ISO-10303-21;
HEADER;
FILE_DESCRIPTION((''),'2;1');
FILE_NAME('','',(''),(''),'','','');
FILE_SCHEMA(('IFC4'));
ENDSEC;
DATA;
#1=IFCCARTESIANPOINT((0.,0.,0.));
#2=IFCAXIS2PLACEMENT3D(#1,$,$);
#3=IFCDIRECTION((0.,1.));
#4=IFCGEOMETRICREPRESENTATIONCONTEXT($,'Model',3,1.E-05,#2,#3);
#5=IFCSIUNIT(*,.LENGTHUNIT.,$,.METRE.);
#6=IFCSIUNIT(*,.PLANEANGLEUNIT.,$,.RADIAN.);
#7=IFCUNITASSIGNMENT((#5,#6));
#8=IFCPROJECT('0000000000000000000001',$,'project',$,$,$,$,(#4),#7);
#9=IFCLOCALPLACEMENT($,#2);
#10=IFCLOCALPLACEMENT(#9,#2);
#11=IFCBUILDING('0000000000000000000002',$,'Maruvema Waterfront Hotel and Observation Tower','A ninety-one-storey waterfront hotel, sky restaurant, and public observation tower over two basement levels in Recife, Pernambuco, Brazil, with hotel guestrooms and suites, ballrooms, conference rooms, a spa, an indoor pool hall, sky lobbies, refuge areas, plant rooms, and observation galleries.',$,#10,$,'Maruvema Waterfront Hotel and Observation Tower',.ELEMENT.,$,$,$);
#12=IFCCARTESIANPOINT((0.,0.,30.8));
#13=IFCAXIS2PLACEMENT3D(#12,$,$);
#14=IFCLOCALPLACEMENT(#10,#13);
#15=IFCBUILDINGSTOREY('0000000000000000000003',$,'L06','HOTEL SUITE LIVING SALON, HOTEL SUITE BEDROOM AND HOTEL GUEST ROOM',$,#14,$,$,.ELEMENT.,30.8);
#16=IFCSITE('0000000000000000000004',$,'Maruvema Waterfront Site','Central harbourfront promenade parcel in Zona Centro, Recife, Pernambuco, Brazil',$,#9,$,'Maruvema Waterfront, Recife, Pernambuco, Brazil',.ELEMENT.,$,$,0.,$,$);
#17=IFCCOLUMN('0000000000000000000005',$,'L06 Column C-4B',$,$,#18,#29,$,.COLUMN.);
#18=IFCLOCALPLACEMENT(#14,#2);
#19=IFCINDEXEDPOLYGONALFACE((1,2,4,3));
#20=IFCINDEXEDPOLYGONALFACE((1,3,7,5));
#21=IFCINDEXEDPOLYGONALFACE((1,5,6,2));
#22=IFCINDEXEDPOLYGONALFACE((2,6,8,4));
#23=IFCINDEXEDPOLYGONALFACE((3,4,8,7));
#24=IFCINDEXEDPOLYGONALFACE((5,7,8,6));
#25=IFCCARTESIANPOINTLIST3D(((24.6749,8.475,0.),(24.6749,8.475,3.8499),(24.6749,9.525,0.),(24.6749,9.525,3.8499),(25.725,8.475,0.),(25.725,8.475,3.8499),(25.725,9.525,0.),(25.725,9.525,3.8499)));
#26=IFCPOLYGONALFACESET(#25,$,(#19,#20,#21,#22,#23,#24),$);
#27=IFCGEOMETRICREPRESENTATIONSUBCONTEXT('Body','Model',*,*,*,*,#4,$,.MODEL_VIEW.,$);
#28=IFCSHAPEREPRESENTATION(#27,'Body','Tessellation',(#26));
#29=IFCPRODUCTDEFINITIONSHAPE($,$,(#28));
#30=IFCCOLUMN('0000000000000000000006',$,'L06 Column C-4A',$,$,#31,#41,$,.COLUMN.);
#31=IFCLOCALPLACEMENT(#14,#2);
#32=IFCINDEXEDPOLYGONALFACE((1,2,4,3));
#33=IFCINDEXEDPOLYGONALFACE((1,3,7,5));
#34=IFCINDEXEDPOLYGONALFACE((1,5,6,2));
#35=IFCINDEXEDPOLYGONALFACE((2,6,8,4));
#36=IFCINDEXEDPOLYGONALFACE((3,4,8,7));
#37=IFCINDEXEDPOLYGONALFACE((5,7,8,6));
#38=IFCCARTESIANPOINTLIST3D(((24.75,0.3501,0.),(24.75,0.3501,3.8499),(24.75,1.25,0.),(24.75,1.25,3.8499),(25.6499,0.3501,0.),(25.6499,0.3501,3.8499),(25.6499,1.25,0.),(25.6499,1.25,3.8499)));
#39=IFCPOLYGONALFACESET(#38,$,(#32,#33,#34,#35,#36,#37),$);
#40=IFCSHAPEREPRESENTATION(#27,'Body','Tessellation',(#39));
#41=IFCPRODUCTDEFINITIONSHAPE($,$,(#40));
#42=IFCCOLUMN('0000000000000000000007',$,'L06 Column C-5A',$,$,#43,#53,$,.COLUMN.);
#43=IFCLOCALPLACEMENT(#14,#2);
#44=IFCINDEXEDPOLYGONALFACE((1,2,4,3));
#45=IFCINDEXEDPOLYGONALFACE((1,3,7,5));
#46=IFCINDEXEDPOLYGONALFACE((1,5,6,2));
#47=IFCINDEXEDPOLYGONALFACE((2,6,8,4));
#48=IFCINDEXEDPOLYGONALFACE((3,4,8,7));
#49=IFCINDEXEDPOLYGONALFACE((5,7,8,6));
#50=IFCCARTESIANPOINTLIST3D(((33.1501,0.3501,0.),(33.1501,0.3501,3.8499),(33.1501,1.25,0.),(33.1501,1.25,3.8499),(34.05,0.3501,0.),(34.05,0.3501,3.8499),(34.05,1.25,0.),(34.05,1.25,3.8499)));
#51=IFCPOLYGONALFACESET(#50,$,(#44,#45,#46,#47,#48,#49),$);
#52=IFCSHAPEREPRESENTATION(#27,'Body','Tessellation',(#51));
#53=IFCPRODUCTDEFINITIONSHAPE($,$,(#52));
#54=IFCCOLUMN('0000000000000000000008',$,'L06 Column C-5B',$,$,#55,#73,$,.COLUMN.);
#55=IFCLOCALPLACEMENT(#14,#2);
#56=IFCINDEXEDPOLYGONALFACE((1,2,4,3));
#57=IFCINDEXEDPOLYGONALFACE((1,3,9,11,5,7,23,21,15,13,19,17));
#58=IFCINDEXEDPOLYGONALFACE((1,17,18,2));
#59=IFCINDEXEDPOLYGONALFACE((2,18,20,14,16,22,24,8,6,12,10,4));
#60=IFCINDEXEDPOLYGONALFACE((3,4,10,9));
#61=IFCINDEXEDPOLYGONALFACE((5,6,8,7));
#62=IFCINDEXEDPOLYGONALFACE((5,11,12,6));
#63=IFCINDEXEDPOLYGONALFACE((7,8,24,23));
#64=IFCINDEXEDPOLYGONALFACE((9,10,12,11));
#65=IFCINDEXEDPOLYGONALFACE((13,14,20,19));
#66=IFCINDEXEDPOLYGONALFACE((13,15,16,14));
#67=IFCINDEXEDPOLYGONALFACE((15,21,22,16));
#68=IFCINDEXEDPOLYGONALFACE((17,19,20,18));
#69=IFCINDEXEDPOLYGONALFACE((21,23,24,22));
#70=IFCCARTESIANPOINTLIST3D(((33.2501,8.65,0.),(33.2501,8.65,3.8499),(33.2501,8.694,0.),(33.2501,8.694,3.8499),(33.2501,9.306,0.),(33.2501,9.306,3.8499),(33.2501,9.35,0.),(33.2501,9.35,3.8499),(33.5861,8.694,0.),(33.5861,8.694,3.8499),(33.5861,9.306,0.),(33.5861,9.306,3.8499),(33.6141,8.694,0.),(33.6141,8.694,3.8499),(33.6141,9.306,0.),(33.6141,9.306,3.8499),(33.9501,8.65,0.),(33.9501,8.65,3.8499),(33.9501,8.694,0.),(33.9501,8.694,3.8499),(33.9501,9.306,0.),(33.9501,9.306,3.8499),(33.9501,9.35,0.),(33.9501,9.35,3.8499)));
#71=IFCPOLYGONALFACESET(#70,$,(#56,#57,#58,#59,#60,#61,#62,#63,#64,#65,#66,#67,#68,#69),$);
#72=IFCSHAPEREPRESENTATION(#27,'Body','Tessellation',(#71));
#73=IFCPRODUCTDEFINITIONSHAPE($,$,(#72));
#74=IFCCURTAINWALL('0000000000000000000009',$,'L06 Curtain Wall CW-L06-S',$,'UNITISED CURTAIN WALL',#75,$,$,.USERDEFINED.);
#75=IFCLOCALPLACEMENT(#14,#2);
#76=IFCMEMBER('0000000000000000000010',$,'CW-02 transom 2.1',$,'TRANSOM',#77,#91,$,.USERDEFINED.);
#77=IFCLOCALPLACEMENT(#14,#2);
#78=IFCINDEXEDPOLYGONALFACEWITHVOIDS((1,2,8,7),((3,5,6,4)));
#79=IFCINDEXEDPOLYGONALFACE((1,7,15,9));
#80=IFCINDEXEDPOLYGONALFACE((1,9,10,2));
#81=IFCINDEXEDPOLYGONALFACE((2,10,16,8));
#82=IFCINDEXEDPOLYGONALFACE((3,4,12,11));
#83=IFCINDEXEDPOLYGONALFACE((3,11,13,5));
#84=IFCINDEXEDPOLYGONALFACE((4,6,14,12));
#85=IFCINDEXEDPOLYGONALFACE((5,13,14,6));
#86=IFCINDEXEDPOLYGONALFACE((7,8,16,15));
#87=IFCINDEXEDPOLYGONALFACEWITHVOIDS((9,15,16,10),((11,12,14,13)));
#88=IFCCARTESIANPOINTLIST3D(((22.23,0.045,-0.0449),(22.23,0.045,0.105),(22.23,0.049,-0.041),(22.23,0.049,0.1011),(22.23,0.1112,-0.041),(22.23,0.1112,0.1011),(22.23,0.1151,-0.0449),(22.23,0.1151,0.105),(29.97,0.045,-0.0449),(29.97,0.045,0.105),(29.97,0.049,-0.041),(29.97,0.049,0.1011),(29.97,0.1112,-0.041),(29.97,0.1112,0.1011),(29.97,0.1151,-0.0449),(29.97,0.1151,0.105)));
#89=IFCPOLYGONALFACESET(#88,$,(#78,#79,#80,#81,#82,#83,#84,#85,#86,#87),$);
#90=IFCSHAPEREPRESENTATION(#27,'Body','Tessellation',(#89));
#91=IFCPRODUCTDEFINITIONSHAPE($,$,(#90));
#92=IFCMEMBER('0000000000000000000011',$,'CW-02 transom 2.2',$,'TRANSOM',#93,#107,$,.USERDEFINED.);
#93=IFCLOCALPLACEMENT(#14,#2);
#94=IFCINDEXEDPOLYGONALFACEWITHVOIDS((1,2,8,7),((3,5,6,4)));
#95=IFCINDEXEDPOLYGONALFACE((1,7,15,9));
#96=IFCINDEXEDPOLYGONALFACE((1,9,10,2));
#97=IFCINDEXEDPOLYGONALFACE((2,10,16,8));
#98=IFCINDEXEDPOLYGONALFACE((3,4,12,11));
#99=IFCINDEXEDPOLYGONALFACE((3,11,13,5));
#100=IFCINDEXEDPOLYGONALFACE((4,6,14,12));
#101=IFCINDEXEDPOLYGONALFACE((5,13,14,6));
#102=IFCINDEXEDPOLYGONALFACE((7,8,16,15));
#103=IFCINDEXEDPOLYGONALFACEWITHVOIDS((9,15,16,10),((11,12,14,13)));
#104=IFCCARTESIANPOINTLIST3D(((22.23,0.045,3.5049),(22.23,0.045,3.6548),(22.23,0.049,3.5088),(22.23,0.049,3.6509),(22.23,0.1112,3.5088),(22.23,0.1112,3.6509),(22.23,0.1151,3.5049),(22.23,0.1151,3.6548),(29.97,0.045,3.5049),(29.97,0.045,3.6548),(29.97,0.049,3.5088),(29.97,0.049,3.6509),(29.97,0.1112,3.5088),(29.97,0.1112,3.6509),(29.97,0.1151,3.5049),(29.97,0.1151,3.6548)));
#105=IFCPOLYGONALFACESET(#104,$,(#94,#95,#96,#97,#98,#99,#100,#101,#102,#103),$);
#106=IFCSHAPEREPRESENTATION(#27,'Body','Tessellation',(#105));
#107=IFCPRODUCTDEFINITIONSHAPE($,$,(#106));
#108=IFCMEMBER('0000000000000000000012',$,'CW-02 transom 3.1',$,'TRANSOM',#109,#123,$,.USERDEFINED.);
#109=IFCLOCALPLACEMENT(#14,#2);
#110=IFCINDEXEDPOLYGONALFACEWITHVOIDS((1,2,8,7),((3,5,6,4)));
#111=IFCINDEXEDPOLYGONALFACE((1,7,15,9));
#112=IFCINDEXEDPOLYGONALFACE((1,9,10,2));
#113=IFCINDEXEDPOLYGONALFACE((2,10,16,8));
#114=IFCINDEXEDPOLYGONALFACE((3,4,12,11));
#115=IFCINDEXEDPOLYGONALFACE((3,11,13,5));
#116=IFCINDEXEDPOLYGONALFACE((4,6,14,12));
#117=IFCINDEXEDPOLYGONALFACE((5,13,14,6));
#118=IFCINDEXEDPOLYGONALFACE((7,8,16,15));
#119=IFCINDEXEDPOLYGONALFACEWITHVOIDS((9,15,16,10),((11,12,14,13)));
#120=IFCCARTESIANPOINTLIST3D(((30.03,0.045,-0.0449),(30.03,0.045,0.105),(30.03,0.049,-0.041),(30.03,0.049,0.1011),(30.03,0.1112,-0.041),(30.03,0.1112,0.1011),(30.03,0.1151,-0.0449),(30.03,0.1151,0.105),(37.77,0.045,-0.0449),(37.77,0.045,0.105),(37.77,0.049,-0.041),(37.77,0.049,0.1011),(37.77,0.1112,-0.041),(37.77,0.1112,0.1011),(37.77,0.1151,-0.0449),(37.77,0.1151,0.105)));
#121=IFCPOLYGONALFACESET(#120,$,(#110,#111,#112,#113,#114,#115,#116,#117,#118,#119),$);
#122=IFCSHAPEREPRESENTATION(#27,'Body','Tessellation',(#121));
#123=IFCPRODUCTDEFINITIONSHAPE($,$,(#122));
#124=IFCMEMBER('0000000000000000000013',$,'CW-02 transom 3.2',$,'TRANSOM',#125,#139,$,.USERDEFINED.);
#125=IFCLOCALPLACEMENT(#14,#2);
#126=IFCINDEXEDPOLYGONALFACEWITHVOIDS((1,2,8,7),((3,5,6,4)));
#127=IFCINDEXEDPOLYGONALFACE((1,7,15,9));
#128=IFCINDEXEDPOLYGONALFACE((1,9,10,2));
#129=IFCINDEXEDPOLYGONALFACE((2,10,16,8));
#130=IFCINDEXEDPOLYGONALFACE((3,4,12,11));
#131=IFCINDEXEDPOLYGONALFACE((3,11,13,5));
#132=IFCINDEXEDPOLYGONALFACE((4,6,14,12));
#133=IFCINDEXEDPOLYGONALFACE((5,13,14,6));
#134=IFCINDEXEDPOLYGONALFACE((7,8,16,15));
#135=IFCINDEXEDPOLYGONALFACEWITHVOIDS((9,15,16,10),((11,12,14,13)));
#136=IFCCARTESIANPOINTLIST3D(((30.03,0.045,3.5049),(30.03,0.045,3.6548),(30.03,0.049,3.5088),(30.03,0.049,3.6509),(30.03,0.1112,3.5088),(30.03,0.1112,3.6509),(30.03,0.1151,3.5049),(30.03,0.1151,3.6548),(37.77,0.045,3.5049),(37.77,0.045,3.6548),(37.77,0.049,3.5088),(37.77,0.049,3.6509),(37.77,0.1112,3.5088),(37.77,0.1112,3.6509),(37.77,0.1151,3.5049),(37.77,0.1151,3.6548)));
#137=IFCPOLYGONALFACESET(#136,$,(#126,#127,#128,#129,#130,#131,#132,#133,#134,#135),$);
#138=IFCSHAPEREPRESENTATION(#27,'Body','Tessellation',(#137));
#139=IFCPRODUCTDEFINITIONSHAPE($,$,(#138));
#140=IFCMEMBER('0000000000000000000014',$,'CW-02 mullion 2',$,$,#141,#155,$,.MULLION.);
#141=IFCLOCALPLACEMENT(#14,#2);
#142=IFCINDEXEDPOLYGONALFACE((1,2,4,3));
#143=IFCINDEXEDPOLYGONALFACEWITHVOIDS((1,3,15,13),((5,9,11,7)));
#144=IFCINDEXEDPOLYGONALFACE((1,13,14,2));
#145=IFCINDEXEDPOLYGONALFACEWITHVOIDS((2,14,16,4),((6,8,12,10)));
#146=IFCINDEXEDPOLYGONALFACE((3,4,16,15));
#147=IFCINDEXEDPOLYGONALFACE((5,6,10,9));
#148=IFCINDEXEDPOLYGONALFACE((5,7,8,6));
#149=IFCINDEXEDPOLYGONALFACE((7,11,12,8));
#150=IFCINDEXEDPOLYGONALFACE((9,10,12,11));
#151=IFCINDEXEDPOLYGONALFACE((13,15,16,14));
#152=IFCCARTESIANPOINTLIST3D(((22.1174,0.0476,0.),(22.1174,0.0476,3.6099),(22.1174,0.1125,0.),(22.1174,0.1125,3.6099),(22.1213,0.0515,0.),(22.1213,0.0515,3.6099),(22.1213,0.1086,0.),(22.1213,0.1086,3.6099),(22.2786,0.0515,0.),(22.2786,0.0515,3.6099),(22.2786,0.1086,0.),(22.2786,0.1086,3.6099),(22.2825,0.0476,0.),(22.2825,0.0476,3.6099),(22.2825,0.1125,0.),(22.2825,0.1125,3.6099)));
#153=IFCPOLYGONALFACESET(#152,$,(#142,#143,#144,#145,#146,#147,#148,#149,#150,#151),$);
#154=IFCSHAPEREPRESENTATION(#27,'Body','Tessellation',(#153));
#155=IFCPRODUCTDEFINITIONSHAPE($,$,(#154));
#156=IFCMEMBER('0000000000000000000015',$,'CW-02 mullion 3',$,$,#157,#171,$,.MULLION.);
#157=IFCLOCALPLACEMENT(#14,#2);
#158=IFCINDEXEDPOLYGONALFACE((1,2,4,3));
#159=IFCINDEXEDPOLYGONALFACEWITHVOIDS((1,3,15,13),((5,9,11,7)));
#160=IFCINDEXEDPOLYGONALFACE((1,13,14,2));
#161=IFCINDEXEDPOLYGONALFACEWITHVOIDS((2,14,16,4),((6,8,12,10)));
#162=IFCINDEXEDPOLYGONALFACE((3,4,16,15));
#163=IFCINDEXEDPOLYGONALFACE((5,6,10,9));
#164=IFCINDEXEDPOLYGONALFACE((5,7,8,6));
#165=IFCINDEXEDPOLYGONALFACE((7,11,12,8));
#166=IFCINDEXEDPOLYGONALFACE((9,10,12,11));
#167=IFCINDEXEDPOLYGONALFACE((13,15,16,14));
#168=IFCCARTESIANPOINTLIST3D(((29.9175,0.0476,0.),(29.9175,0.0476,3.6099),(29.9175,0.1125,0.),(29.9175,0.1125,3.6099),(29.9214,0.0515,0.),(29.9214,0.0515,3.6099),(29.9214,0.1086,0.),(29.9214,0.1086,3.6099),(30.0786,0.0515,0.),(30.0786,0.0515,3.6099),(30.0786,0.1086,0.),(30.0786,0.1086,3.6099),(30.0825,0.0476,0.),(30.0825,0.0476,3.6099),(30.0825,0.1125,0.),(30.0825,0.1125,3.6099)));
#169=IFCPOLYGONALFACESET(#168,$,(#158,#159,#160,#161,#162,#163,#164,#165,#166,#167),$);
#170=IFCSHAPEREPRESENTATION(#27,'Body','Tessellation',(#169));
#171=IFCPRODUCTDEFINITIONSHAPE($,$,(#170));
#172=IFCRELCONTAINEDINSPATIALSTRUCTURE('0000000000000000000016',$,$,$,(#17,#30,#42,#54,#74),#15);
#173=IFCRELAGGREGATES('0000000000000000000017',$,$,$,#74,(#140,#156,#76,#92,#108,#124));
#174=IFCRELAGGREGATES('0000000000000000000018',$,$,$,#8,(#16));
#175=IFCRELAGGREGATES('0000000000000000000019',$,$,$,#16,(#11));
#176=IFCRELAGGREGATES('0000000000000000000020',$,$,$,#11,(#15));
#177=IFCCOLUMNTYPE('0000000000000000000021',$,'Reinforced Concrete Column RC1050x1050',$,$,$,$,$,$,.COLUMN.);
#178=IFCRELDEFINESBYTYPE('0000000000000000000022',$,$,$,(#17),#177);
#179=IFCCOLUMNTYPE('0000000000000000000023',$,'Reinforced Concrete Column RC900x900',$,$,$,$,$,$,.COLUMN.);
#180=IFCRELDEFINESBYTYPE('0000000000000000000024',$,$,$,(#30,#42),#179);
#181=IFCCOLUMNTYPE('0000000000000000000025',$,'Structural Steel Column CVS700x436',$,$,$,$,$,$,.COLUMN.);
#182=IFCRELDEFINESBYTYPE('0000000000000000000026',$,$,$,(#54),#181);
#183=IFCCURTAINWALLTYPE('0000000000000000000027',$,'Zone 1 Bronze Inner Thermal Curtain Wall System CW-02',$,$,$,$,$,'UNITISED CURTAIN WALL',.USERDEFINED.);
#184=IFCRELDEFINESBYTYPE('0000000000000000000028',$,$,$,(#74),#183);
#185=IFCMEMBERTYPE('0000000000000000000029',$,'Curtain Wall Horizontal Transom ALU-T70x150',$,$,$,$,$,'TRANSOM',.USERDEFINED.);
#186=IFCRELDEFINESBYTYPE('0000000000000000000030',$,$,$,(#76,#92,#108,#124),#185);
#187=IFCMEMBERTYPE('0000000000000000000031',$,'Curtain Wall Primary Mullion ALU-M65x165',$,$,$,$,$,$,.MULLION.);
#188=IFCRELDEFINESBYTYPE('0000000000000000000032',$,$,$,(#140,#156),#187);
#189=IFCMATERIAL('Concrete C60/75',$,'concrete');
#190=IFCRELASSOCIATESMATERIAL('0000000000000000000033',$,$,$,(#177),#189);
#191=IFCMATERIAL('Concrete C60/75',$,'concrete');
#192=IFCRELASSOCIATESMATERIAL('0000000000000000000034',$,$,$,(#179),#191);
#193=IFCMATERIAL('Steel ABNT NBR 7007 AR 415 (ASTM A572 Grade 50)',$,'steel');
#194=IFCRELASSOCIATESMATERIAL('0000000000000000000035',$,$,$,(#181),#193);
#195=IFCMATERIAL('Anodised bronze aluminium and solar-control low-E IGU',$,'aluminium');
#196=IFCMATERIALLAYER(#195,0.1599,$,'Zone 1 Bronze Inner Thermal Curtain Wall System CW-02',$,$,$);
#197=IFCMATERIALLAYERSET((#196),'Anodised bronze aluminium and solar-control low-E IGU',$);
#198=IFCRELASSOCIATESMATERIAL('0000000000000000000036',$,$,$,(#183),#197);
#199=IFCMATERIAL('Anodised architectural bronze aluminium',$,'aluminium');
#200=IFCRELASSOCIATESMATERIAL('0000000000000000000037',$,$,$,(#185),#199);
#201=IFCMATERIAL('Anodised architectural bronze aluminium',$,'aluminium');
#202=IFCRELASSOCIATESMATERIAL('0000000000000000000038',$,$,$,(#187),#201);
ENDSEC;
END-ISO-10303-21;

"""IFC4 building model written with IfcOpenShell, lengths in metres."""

from ifc_helpers import new_model, si_unit, direction, frame, origin, origin_2d, place, context, subcontext, project, spatial, rectangle, hollow_rectangle, i_section, extrude, material, layer, layer_set, material_profile, profile_set, type_object, element, aggregate, save


model = new_model("IFC4")

# Units and contexts
model_context = context("Model", 3, precision=1e-05, world=origin(), true_north=direction((0.0, 1.0)))
body_context = subcontext(model_context, "Body", "Model", "MODEL_VIEW")
ifc_project = project(units=[si_unit("LENGTHUNIT", "METRE"), si_unit("PLANEANGLEUNIT", "RADIAN")], contexts=[model_context])

# Site, building, storey
site_placement = place(None, origin())
site = spatial("IfcSite", under=ifc_project, at=site_placement, Name="Maruvema Waterfront Site", Description="Central harbourfront promenade parcel in Zona Centro, Recife, Pernambuco, Brazil", LongName="Maruvema Waterfront, Recife, Pernambuco, Brazil", CompositionType="ELEMENT", RefElevation=0.0)
building_placement = place(site_placement, origin())
building = spatial("IfcBuilding", under=site, at=building_placement, Name="Maruvema Waterfront Hotel and Observation Tower", Description="A ninety-one-storey waterfront hotel, sky restaurant, and public observation tower over two basement levels in Recife, Pernambuco, Brazil, with hotel guestrooms and suites, ballrooms, conference rooms, a spa, an indoor pool hall, sky lobbies, refuge areas, plant rooms, and observation galleries.", LongName="Maruvema Waterfront Hotel and Observation Tower", CompositionType="ELEMENT")
storey_placement = place(building_placement, frame((0.0, 0.0, 30.8)))
storey = spatial("IfcBuildingStorey", under=building, at=storey_placement, Name="L06", Description="HOTEL SUITE LIVING SALON, HOTEL SUITE BEDROOM AND HOTEL GUEST ROOM", CompositionType="ELEMENT", Elevation=30.8)

# Columns
ifc_material_1 = material(Name="Concrete C60/75", Category="concrete")
ifc_material_profile_1 = material_profile(ifc_material_1, rectangle(XDim=1.05, YDim=1.05, at=origin_2d()), Name="RC1050x1050")
ifc_profile_set_1 = profile_set([ifc_material_profile_1], Name="Concrete C60/75")
column_type_1 = type_object("IfcColumnType", Name="Reinforced Concrete Column RC1050x1050", PredefinedType="COLUMN", material=ifc_profile_set_1)
column_1_placement = place(storey_placement, frame((25.2, 9.0, 0.0), z_axis=(0.0, 0.0, 1.0), x_axis=(1.0, 0.0, 0.0)))
element("IfcColumn", 1, at=column_1_placement, inside=storey, type_object=column_type_1, Name="L06 Column C-4B", PredefinedType="COLUMN", context=body_context, shape_type="SweptSolid", body=[
    extrude(rectangle(XDim=1.05, YDim=1.05, at=origin_2d()), origin(), (0.0, 0.0, 1.0), 3.8499),
])
ifc_material_2 = material(Name="Concrete C60/75", Category="concrete")
ifc_material_profile_2 = material_profile(ifc_material_2, rectangle(XDim=0.8999, YDim=0.8999, at=origin_2d()), Name="RC900x900")
ifc_profile_set_2 = profile_set([ifc_material_profile_2], Name="Concrete C60/75")
column_type_2 = type_object("IfcColumnType", Name="Reinforced Concrete Column RC900x900", PredefinedType="COLUMN", material=ifc_profile_set_2)
for number, where, z_axis, x_axis, name in (
    (2, (25.2, 0.8, 0.0), (0.0, 0.0, 1.0), (1.0, 0.0, 0.0), "L06 Column C-4A"),
    (3, (33.6001, 0.8, 0.0), (0.0, 0.0, 1.0), (1.0, 0.0, 0.0), "L06 Column C-5A"),
):
    element("IfcColumn", number, at=place(storey_placement, frame(where, z_axis=z_axis, x_axis=x_axis)), inside=storey, type_object=column_type_2, Name=name, PredefinedType="COLUMN", context=body_context, shape_type="SweptSolid", body=[
        extrude(rectangle(XDim=0.8999, YDim=0.8999, at=origin_2d()), origin(), (0.0, 0.0, 1.0), 3.8499),
    ])
ifc_material_3 = material(Name="Steel ABNT NBR 7007 AR 415 (ASTM A572 Grade 50)", Category="steel")
ifc_material_profile_3 = material_profile(ifc_material_3, i_section(OverallWidth=0.7, OverallDepth=0.7, WebThickness=0.0281, FlangeThickness=0.0439, at=origin_2d()), Name="CVS700x436")
ifc_profile_set_3 = profile_set([ifc_material_profile_3], Name="Steel ABNT NBR 7007 AR 415 (ASTM A572 Grade 50)")
column_type_3 = type_object("IfcColumnType", Name="Structural Steel Column CVS700x436", PredefinedType="COLUMN", material=ifc_profile_set_3)
column_2_placement = place(storey_placement, frame((33.6001, 9.0, 0.0), z_axis=(0.0, 0.0, 1.0), x_axis=(1.0, 0.0, 0.0)))
element("IfcColumn", 4, at=column_2_placement, inside=storey, type_object=column_type_3, Name="L06 Column C-5B", PredefinedType="COLUMN", context=body_context, shape_type="SweptSolid", body=[
    extrude(i_section(OverallWidth=0.7, OverallDepth=0.7, WebThickness=0.0281, FlangeThickness=0.0439, at=origin_2d()), origin(), (0.0, 0.0, 1.0), 3.8499),
])

# Curtain wall, members
ifc_material_4 = material(Name="Anodised bronze aluminium and solar-control low-E IGU", Category="aluminium")
ifc_layer_1 = layer(ifc_material_4, 0.1599, Name="Zone 1 Bronze Inner Thermal Curtain Wall System CW-02")
ifc_layer_set_1 = layer_set([ifc_layer_1], Name="Anodised bronze aluminium and solar-control low-E IGU")
curtain_wall_type = type_object("IfcCurtainWallType", Name="Zone 1 Bronze Inner Thermal Curtain Wall System CW-02", ElementType="UNITISED CURTAIN WALL", PredefinedType="USERDEFINED", material=ifc_layer_set_1)
curtain_wall_placement = place(storey_placement, origin())
curtain_wall = element("IfcCurtainWall", 5, at=curtain_wall_placement, inside=storey, type_object=curtain_wall_type, Name="L06 Curtain Wall CW-L06-S", ObjectType="UNITISED CURTAIN WALL", PredefinedType="USERDEFINED")
ifc_material_5 = material(Name="Anodised architectural bronze aluminium", Category="aluminium")
ifc_material_profile_4 = material_profile(ifc_material_5, hollow_rectangle(XDim=0.0701, YDim=0.1499, WallThickness=0.0039, at=origin_2d()), Name="ALU-T70x150")
ifc_profile_set_4 = profile_set([ifc_material_profile_4], Name="Anodised architectural bronze aluminium")
member_type_1 = type_object("IfcMemberType", Name="Curtain Wall Horizontal Transom ALU-T70x150", ElementType="TRANSOM", PredefinedType="USERDEFINED", material=ifc_profile_set_4)
member_1_placement = place(storey_placement, frame((22.23, 0.0801, 0.03), z_axis=(1.0, 0.0, 0.0), x_axis=(0.0, 1.0, 0.0)))
member_1 = element("IfcMember", 6, at=member_1_placement, type_object=member_type_1, Name="CW-02 transom 2.1", ObjectType="TRANSOM", PredefinedType="USERDEFINED", context=body_context, shape_type="SweptSolid", body=[
    extrude(hollow_rectangle(XDim=0.0701, YDim=0.1499, WallThickness=0.0039, at=origin_2d()), origin(), (0.0, 0.0, 1.0), 7.74),
])
member_2_placement = place(storey_placement, frame((22.23, 0.0801, 3.5798), z_axis=(1.0, 0.0, 0.0), x_axis=(0.0, 1.0, 0.0)))
member_2 = element("IfcMember", 7, at=member_2_placement, type_object=member_type_1, Name="CW-02 transom 2.2", ObjectType="TRANSOM", PredefinedType="USERDEFINED", context=body_context, shape_type="SweptSolid", body=[
    extrude(hollow_rectangle(XDim=0.0701, YDim=0.1499, WallThickness=0.0039, at=origin_2d()), origin(), (0.0, 0.0, 1.0), 7.74),
])
member_3_placement = place(storey_placement, frame((30.03, 0.0801, 0.03), z_axis=(1.0, 0.0, 0.0), x_axis=(0.0, 1.0, 0.0)))
member_3 = element("IfcMember", 8, at=member_3_placement, type_object=member_type_1, Name="CW-02 transom 3.1", ObjectType="TRANSOM", PredefinedType="USERDEFINED", context=body_context, shape_type="SweptSolid", body=[
    extrude(hollow_rectangle(XDim=0.0701, YDim=0.1499, WallThickness=0.0039, at=origin_2d()), origin(), (0.0, 0.0, 1.0), 7.74),
])
member_4_placement = place(storey_placement, frame((30.03, 0.0801, 3.5798), z_axis=(1.0, 0.0, 0.0), x_axis=(0.0, 1.0, 0.0)))
member_4 = element("IfcMember", 9, at=member_4_placement, type_object=member_type_1, Name="CW-02 transom 3.2", ObjectType="TRANSOM", PredefinedType="USERDEFINED", context=body_context, shape_type="SweptSolid", body=[
    extrude(hollow_rectangle(XDim=0.0701, YDim=0.1499, WallThickness=0.0039, at=origin_2d()), origin(), (0.0, 0.0, 1.0), 7.74),
])
ifc_material_6 = material(Name="Anodised architectural bronze aluminium", Category="aluminium")
ifc_material_profile_5 = material_profile(ifc_material_6, hollow_rectangle(XDim=0.0649, YDim=0.165, WallThickness=0.0039, at=origin_2d()), Name="ALU-M65x165")
ifc_profile_set_5 = profile_set([ifc_material_profile_5], Name="Anodised architectural bronze aluminium")
member_type_2 = type_object("IfcMemberType", Name="Curtain Wall Primary Mullion ALU-M65x165", PredefinedType="MULLION", material=ifc_profile_set_5)
member_5_placement = place(storey_placement, frame((22.2, 0.0801, 0.0), z_axis=(0.0, 0.0, 1.0), x_axis=(0.0, 1.0, 0.0)))
member_5 = element("IfcMember", 10, at=member_5_placement, type_object=member_type_2, Name="CW-02 mullion 2", PredefinedType="MULLION", context=body_context, shape_type="SweptSolid", body=[
    extrude(hollow_rectangle(XDim=0.0649, YDim=0.165, WallThickness=0.0039, at=origin_2d()), origin(), (0.0, 0.0, 1.0), 3.6099),
])
member_6_placement = place(storey_placement, frame((30.0, 0.0801, 0.0), z_axis=(0.0, 0.0, 1.0), x_axis=(0.0, 1.0, 0.0)))
member_6 = element("IfcMember", 11, at=member_6_placement, type_object=member_type_2, Name="CW-02 mullion 3", PredefinedType="MULLION", context=body_context, shape_type="SweptSolid", body=[
    extrude(hollow_rectangle(XDim=0.0649, YDim=0.165, WallThickness=0.0039, at=origin_2d()), origin(), (0.0, 0.0, 1.0), 3.6099),
])

aggregate(curtain_wall, [member_5, member_6, member_1, member_2, member_3, member_4])

save(model, "model.ifc")
